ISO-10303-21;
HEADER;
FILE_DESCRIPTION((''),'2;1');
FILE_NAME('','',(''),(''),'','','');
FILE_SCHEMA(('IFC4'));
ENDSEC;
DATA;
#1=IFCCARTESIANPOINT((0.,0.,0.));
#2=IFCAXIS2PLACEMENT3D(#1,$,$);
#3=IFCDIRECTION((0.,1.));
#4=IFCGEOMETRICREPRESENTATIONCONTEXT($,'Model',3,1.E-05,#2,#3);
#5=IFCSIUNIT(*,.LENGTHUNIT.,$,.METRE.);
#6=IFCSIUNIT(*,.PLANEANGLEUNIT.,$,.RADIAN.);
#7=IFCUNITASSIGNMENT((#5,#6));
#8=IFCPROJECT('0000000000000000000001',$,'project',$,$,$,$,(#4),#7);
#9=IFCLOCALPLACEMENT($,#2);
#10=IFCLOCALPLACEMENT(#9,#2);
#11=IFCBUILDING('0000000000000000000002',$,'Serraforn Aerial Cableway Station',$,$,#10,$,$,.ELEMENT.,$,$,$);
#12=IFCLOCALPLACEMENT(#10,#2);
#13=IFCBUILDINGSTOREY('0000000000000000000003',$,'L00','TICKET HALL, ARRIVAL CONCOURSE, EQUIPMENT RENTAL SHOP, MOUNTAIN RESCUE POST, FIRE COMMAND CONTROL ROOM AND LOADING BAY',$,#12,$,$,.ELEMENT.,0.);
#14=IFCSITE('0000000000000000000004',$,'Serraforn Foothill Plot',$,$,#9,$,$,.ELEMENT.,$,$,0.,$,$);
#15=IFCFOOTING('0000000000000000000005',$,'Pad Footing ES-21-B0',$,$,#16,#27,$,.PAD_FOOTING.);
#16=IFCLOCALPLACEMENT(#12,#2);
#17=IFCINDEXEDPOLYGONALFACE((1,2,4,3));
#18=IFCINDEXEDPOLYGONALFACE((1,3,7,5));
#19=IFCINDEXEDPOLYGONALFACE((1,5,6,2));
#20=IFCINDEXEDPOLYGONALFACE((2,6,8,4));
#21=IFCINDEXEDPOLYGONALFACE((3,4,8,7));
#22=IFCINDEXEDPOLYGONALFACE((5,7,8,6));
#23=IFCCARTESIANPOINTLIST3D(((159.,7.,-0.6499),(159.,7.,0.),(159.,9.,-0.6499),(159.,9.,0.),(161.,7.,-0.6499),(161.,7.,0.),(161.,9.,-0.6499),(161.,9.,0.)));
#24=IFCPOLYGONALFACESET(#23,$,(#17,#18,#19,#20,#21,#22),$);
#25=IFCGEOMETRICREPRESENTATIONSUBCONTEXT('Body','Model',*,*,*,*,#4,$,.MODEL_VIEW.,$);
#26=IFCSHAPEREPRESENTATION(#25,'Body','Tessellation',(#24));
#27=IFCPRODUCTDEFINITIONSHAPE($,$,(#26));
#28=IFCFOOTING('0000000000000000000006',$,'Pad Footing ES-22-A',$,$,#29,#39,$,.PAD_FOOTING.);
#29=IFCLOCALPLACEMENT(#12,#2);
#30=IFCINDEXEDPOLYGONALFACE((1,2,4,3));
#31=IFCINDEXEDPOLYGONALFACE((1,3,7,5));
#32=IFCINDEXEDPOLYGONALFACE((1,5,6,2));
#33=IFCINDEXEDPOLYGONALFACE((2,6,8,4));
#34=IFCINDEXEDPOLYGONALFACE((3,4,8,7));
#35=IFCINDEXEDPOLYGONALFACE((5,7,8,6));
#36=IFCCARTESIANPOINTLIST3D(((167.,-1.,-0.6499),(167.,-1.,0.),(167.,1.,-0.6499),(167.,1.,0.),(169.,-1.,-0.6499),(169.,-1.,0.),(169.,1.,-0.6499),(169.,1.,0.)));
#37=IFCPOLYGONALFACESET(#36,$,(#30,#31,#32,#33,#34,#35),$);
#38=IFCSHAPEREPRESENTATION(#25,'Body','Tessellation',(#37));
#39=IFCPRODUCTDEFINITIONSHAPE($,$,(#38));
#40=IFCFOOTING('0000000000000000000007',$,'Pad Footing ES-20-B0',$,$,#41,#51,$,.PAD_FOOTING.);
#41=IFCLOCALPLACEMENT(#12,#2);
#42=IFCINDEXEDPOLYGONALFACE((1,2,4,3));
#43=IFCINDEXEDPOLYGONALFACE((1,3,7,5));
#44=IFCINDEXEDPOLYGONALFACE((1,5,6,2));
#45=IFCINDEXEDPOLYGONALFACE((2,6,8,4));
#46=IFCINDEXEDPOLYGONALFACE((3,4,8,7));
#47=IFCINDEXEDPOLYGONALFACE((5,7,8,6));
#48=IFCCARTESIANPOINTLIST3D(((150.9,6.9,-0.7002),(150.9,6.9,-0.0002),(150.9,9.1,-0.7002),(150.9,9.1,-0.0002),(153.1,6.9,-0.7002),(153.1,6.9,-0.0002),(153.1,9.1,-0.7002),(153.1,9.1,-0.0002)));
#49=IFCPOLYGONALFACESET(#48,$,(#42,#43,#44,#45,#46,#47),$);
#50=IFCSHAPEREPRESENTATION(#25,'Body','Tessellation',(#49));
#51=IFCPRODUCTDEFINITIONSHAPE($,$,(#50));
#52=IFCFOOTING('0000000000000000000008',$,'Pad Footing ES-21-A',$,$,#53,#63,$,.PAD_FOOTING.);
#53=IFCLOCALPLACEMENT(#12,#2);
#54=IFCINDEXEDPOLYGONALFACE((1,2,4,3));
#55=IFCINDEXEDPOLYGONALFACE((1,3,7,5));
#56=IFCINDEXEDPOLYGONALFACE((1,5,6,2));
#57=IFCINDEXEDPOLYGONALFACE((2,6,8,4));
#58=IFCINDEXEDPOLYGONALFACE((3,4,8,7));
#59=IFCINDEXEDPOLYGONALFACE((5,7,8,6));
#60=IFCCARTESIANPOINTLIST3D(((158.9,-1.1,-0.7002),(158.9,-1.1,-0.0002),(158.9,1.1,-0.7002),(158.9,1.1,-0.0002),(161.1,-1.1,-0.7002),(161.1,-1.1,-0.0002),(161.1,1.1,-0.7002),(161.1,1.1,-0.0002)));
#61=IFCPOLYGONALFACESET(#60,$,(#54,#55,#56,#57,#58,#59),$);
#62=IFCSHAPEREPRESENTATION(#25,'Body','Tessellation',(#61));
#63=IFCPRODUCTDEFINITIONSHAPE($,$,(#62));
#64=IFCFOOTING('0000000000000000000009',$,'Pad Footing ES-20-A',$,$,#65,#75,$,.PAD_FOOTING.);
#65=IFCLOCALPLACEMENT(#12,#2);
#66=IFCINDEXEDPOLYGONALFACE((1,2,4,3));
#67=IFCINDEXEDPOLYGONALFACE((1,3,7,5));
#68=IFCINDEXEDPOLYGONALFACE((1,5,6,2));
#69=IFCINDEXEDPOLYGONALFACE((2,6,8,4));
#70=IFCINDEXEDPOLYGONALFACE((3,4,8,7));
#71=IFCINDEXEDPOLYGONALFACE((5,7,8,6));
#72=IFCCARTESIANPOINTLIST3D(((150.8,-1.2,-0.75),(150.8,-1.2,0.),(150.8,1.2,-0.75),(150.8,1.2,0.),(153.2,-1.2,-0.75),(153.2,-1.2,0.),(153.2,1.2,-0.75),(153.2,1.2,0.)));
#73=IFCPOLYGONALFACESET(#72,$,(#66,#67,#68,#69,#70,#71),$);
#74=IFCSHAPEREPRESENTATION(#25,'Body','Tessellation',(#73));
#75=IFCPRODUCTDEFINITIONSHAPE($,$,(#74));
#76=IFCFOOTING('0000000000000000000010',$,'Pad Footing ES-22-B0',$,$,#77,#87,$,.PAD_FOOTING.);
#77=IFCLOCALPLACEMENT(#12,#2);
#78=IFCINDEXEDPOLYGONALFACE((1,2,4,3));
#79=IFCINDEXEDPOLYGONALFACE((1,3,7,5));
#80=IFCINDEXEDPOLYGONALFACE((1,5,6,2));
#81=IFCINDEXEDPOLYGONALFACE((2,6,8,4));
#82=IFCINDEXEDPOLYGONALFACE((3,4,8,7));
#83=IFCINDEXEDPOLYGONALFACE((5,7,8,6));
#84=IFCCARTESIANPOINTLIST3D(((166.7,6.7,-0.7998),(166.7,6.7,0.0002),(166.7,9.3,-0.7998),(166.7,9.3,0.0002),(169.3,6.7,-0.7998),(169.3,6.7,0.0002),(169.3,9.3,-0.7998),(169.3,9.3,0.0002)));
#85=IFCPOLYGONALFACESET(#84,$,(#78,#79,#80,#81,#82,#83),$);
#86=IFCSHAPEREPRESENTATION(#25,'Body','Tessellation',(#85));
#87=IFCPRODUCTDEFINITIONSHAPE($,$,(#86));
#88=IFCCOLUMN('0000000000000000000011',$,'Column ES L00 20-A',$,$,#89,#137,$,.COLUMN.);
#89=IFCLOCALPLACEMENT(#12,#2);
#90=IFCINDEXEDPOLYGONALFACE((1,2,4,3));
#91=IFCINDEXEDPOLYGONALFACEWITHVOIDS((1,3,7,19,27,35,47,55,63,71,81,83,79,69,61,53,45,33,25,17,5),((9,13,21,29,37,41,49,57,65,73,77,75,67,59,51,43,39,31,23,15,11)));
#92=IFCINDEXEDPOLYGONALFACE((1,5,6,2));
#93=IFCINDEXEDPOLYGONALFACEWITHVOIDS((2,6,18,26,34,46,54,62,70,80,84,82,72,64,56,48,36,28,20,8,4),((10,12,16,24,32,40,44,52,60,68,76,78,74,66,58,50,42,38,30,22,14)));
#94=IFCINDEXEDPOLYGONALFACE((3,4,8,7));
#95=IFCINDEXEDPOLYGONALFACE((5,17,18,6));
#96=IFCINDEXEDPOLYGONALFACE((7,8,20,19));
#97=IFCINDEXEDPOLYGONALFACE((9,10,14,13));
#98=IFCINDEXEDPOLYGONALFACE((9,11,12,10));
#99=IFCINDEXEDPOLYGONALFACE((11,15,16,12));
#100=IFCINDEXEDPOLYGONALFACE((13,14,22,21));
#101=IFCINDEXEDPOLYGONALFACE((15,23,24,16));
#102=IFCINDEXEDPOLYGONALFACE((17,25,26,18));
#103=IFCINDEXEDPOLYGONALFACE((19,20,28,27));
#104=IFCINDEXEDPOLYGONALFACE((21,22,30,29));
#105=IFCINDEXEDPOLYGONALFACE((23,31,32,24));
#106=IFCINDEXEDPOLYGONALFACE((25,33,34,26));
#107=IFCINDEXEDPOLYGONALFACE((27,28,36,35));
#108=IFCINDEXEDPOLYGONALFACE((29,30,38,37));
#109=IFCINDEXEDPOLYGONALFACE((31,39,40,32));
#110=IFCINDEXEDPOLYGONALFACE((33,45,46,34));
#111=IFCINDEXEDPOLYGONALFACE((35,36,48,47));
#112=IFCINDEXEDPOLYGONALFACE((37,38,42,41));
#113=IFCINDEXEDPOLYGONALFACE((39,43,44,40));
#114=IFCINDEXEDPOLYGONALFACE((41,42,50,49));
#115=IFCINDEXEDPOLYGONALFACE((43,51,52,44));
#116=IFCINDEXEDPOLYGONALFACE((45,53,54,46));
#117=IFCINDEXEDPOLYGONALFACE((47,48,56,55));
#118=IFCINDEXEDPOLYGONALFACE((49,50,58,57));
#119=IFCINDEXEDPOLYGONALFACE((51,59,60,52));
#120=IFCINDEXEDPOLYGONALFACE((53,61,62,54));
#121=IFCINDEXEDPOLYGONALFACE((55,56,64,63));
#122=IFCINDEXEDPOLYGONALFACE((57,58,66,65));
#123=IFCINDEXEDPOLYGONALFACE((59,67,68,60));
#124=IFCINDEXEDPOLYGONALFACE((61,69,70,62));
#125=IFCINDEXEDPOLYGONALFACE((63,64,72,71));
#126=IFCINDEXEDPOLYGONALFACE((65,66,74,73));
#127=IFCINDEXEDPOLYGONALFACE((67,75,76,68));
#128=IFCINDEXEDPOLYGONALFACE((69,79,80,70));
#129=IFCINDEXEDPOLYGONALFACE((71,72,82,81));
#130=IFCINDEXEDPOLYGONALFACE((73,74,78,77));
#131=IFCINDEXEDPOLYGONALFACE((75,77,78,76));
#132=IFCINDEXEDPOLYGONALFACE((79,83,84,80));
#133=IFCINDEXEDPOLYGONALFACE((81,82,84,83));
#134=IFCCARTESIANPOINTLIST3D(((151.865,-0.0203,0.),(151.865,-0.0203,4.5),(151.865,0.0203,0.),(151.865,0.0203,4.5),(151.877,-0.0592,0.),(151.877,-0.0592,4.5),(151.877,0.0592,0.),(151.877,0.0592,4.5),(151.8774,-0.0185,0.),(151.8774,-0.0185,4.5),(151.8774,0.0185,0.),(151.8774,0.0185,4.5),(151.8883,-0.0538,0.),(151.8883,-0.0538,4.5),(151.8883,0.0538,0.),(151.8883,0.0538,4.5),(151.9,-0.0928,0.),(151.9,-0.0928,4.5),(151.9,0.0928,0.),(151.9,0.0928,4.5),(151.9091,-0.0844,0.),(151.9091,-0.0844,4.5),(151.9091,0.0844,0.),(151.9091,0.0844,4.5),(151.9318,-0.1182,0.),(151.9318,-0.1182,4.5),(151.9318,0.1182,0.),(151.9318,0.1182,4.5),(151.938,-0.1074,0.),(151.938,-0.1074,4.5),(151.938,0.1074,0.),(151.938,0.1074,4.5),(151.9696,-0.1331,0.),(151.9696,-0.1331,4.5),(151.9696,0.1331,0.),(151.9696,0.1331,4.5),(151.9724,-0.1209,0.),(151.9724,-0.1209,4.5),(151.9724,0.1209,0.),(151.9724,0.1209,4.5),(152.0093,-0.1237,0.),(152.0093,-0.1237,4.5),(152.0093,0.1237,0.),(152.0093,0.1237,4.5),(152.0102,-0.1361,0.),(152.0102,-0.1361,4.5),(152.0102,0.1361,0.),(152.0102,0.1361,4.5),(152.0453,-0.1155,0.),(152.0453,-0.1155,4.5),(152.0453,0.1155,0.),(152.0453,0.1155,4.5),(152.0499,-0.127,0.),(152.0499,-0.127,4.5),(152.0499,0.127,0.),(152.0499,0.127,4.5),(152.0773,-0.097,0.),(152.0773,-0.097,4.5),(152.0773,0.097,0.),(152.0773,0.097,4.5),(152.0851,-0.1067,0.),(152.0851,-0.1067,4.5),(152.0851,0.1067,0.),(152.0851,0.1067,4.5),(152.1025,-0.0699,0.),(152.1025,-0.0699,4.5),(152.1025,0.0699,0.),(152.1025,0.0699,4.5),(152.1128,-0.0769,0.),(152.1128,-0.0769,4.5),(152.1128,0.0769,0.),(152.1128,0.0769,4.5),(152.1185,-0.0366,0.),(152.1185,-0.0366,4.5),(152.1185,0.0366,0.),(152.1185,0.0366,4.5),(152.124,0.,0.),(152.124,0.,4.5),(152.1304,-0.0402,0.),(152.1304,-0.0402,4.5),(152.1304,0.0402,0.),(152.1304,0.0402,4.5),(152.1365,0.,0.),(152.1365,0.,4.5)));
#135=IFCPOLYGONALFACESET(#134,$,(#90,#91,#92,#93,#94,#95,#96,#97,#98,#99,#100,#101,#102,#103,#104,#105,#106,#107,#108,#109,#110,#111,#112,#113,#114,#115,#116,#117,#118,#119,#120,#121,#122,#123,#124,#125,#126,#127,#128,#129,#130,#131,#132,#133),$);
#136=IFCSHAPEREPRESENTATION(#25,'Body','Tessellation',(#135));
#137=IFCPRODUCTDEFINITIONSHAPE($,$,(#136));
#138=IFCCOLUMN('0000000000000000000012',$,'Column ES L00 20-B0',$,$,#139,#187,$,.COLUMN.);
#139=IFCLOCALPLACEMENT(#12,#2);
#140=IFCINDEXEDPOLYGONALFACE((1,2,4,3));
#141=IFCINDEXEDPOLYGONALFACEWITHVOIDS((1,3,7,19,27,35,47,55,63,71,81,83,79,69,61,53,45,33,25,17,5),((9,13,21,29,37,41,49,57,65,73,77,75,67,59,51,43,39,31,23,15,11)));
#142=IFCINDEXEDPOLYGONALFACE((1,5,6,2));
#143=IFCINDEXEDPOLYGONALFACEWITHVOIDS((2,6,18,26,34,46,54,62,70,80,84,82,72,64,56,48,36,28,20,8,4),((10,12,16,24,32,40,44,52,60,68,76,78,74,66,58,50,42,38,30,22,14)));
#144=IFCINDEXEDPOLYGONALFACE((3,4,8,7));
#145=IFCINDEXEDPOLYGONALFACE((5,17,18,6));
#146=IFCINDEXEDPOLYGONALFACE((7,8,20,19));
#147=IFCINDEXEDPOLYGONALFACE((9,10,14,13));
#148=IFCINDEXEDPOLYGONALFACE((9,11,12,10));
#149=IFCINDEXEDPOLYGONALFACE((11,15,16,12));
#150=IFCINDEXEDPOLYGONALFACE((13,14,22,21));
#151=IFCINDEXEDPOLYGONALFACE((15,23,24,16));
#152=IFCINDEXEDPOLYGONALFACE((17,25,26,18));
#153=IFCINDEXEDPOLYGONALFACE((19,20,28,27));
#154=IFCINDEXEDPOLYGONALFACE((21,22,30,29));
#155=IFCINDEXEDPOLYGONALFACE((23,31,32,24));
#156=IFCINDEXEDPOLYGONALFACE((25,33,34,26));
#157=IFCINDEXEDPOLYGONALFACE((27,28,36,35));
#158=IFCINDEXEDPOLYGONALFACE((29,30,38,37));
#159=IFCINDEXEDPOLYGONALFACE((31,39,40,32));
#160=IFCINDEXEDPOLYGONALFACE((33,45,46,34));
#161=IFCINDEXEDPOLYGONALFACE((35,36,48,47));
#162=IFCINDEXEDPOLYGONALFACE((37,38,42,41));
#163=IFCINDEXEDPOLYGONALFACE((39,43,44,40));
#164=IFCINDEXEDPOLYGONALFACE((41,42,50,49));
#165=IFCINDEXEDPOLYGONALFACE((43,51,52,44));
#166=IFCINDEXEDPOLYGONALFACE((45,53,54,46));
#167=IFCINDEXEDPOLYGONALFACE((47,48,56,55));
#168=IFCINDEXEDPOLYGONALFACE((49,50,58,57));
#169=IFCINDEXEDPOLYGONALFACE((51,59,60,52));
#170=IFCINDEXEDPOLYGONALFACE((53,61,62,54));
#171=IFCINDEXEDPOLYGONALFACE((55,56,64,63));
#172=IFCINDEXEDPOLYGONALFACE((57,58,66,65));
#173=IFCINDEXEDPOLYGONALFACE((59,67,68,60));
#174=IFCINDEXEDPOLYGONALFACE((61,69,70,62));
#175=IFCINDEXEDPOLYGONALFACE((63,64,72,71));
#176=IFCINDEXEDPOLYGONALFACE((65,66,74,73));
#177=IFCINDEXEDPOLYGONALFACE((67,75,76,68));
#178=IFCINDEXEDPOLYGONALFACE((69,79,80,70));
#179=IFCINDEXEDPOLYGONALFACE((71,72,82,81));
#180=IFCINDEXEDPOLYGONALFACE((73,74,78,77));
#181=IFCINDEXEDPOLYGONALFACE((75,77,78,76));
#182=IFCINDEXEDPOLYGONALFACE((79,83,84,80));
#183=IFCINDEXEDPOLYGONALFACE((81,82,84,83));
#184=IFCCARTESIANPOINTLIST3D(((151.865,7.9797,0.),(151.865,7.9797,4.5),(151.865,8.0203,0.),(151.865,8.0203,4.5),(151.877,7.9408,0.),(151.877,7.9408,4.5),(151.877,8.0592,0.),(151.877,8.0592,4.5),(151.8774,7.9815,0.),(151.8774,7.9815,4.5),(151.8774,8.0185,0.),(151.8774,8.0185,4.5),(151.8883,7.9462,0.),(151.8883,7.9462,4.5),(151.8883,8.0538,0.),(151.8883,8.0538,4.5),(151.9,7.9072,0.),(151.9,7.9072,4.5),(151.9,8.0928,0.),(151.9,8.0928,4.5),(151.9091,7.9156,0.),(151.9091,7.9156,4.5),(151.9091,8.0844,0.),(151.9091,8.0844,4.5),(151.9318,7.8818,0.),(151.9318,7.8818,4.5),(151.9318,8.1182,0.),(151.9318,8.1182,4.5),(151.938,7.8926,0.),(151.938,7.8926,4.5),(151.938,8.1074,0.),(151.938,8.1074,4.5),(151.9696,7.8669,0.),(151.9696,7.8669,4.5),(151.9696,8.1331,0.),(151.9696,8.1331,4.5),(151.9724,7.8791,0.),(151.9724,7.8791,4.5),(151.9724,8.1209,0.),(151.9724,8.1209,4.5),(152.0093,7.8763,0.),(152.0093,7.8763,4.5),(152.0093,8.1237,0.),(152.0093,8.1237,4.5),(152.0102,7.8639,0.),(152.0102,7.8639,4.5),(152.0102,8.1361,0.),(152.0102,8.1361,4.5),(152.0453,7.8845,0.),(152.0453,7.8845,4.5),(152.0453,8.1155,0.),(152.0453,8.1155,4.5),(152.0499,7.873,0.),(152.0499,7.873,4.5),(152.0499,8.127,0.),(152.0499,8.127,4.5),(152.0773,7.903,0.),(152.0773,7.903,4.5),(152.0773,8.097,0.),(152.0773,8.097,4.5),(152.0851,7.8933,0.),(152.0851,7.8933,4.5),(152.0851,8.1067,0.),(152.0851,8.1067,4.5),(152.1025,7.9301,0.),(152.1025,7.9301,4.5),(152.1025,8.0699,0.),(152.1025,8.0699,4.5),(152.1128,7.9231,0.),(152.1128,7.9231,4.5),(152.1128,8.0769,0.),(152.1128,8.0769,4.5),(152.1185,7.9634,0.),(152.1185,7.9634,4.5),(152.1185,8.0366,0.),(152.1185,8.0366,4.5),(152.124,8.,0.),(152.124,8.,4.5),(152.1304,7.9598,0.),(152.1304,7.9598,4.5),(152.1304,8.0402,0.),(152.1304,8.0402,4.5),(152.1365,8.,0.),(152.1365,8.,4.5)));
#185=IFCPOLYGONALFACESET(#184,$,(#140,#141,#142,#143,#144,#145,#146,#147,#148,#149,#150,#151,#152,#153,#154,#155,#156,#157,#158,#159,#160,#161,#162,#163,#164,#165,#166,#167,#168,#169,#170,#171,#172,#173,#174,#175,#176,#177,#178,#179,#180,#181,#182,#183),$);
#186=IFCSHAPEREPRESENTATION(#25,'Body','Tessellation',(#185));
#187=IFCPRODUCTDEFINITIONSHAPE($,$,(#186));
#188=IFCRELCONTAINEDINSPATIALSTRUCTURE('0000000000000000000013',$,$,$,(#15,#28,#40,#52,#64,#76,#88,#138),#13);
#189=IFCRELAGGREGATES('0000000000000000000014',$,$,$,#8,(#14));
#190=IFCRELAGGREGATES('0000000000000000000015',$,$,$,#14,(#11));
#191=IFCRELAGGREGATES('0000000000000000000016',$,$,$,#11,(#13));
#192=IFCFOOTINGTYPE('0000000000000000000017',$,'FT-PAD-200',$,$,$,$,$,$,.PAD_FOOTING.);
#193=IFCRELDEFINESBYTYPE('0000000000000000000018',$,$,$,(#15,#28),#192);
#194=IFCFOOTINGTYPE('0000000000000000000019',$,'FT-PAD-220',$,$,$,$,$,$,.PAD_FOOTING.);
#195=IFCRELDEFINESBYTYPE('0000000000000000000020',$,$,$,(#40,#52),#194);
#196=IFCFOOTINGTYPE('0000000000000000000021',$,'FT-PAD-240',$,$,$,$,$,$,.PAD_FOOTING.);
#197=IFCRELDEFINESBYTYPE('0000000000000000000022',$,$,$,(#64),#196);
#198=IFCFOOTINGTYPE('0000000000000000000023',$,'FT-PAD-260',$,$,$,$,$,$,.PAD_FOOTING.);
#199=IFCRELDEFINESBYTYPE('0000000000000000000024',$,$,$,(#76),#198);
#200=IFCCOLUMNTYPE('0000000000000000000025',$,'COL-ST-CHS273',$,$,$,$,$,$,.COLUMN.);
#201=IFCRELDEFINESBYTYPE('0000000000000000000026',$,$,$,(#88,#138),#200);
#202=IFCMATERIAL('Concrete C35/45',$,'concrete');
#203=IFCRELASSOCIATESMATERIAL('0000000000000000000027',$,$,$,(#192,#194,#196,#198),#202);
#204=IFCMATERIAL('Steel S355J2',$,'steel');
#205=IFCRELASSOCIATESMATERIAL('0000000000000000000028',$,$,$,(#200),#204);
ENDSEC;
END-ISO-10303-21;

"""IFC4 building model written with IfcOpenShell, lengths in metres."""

from ifc_helpers import new_model, si_unit, direction, frame, origin, origin_2d, place, context, subcontext, project, spatial, rectangle, hollow_circle, extrude, material, material_profile, profile_set, type_object, element, save


model = new_model("IFC4")

# Units and contexts
model_context = context("Model", 3, precision=1e-05, world=origin(), true_north=direction((0.0, 1.0)))
body_context = subcontext(model_context, "Body", "Model", "MODEL_VIEW")
ifc_project = project(units=[si_unit("LENGTHUNIT", "METRE"), si_unit("PLANEANGLEUNIT", "RADIAN")], contexts=[model_context])

# Site, building, storey
site_placement = place(None, origin())
site = spatial("IfcSite", under=ifc_project, at=site_placement, Name="Serraforn Foothill Plot", CompositionType="ELEMENT", RefElevation=0.0)
building_placement = place(site_placement, origin())
building = spatial("IfcBuilding", under=site, at=building_placement, Name="Serraforn Aerial Cableway Station", CompositionType="ELEMENT")
storey_placement = place(building_placement, origin())
storey = spatial("IfcBuildingStorey", under=building, at=storey_placement, Name="L00", Description="TICKET HALL, ARRIVAL CONCOURSE, EQUIPMENT RENTAL SHOP, MOUNTAIN RESCUE POST, FIRE COMMAND CONTROL ROOM AND LOADING BAY", CompositionType="ELEMENT", Elevation=0.0)

# Footings
ifc_material_1 = material(Name="Concrete C35/45", Category="concrete")
footing_type_1 = type_object("IfcFootingType", Name="FT-PAD-200", PredefinedType="PAD_FOOTING", material=ifc_material_1)
for number, where, z_axis, x_axis, name in (
    (1, (160.0, 8.0, -0.6499), (0.0, 0.0, 1.0), (1.0, 0.0, 0.0), "Pad Footing ES-21-B0"),
    (2, (168.0, 0.0, -0.6499), (0.0, 0.0, 1.0), (1.0, 0.0, 0.0), "Pad Footing ES-22-A"),
):
    element("IfcFooting", number, at=place(storey_placement, frame(where, z_axis=z_axis, x_axis=x_axis)), inside=storey, type_object=footing_type_1, Name=name, PredefinedType="PAD_FOOTING", context=body_context, shape_type="SweptSolid", body=[
        extrude(rectangle(XDim=2.0, YDim=2.0, at=origin_2d()), origin(), (0.0, 0.0, 1.0), 0.6499),
    ])
footing_type_2 = type_object("IfcFootingType", Name="FT-PAD-220", PredefinedType="PAD_FOOTING", material=ifc_material_1)
for number, where, z_axis, x_axis, name in (
    (3, (152.0, 8.0, -0.7002), (0.0, 0.0, 1.0), (1.0, 0.0, 0.0), "Pad Footing ES-20-B0"),
    (4, (160.0, 0.0, -0.7002), (0.0, 0.0, 1.0), (1.0, 0.0, 0.0), "Pad Footing ES-21-A"),
):
    element("IfcFooting", number, at=place(storey_placement, frame(where, z_axis=z_axis, x_axis=x_axis)), inside=storey, type_object=footing_type_2, Name=name, PredefinedType="PAD_FOOTING", context=body_context, shape_type="SweptSolid", body=[
        extrude(rectangle(XDim=2.2, YDim=2.2, at=origin_2d()), origin(), (0.0, 0.0, 1.0), 0.7),
    ])
footing_type_3 = type_object("IfcFootingType", Name="FT-PAD-240", PredefinedType="PAD_FOOTING", material=ifc_material_1)
footing_1_placement = place(storey_placement, frame((152.0, 0.0, -0.75), z_axis=(0.0, 0.0, 1.0), x_axis=(1.0, 0.0, 0.0)))
element("IfcFooting", 5, at=footing_1_placement, inside=storey, type_object=footing_type_3, Name="Pad Footing ES-20-A", PredefinedType="PAD_FOOTING", context=body_context, shape_type="SweptSolid", body=[
    extrude(rectangle(XDim=2.3999, YDim=2.3999, at=origin_2d()), origin(), (0.0, 0.0, 1.0), 0.75),
])
footing_type_4 = type_object("IfcFootingType", Name="FT-PAD-260", PredefinedType="PAD_FOOTING", material=ifc_material_1)
footing_2_placement = place(storey_placement, frame((168.0, 8.0, -0.7998), z_axis=(0.0, 0.0, 1.0), x_axis=(1.0, 0.0, 0.0)))
element("IfcFooting", 6, at=footing_2_placement, inside=storey, type_object=footing_type_4, Name="Pad Footing ES-22-B0", PredefinedType="PAD_FOOTING", context=body_context, shape_type="SweptSolid", body=[
    extrude(rectangle(XDim=2.6001, YDim=2.6001, at=origin_2d()), origin(), (0.0, 0.0, 1.0), 0.8),
])

# Columns
ifc_material_2 = material(Name="Steel S355J2", Category="steel")
ifc_material_profile = material_profile(ifc_material_2, hollow_circle(Radius=0.1365, WallThickness=0.0125, at=origin_2d()), Name="CHS 273.0x12.5")
ifc_profile_set = profile_set([ifc_material_profile], Name="Steel S355J2")
column_type = type_object("IfcColumnType", Name="COL-ST-CHS273", PredefinedType="COLUMN", material=ifc_profile_set)
for number, where, z_axis, x_axis, name in (
    (7, (152.0, 0.0, 0.0), (0.0, 0.0, 1.0), (1.0, 0.0, 0.0), "Column ES L00 20-A"),
    (8, (152.0, 8.0, 0.0), (0.0, 0.0, 1.0), (1.0, 0.0, 0.0), "Column ES L00 20-B0"),
):
    element("IfcColumn", number, at=place(storey_placement, frame(where, z_axis=z_axis, x_axis=x_axis)), inside=storey, type_object=column_type, Name=name, PredefinedType="COLUMN", context=body_context, shape_type="SweptSolid", body=[
        extrude(hollow_circle(Radius=0.1365, WallThickness=0.0125, at=origin_2d()), origin(), (0.0, 0.0, 1.0), 4.5),
    ])

save(model, "model.ifc")
